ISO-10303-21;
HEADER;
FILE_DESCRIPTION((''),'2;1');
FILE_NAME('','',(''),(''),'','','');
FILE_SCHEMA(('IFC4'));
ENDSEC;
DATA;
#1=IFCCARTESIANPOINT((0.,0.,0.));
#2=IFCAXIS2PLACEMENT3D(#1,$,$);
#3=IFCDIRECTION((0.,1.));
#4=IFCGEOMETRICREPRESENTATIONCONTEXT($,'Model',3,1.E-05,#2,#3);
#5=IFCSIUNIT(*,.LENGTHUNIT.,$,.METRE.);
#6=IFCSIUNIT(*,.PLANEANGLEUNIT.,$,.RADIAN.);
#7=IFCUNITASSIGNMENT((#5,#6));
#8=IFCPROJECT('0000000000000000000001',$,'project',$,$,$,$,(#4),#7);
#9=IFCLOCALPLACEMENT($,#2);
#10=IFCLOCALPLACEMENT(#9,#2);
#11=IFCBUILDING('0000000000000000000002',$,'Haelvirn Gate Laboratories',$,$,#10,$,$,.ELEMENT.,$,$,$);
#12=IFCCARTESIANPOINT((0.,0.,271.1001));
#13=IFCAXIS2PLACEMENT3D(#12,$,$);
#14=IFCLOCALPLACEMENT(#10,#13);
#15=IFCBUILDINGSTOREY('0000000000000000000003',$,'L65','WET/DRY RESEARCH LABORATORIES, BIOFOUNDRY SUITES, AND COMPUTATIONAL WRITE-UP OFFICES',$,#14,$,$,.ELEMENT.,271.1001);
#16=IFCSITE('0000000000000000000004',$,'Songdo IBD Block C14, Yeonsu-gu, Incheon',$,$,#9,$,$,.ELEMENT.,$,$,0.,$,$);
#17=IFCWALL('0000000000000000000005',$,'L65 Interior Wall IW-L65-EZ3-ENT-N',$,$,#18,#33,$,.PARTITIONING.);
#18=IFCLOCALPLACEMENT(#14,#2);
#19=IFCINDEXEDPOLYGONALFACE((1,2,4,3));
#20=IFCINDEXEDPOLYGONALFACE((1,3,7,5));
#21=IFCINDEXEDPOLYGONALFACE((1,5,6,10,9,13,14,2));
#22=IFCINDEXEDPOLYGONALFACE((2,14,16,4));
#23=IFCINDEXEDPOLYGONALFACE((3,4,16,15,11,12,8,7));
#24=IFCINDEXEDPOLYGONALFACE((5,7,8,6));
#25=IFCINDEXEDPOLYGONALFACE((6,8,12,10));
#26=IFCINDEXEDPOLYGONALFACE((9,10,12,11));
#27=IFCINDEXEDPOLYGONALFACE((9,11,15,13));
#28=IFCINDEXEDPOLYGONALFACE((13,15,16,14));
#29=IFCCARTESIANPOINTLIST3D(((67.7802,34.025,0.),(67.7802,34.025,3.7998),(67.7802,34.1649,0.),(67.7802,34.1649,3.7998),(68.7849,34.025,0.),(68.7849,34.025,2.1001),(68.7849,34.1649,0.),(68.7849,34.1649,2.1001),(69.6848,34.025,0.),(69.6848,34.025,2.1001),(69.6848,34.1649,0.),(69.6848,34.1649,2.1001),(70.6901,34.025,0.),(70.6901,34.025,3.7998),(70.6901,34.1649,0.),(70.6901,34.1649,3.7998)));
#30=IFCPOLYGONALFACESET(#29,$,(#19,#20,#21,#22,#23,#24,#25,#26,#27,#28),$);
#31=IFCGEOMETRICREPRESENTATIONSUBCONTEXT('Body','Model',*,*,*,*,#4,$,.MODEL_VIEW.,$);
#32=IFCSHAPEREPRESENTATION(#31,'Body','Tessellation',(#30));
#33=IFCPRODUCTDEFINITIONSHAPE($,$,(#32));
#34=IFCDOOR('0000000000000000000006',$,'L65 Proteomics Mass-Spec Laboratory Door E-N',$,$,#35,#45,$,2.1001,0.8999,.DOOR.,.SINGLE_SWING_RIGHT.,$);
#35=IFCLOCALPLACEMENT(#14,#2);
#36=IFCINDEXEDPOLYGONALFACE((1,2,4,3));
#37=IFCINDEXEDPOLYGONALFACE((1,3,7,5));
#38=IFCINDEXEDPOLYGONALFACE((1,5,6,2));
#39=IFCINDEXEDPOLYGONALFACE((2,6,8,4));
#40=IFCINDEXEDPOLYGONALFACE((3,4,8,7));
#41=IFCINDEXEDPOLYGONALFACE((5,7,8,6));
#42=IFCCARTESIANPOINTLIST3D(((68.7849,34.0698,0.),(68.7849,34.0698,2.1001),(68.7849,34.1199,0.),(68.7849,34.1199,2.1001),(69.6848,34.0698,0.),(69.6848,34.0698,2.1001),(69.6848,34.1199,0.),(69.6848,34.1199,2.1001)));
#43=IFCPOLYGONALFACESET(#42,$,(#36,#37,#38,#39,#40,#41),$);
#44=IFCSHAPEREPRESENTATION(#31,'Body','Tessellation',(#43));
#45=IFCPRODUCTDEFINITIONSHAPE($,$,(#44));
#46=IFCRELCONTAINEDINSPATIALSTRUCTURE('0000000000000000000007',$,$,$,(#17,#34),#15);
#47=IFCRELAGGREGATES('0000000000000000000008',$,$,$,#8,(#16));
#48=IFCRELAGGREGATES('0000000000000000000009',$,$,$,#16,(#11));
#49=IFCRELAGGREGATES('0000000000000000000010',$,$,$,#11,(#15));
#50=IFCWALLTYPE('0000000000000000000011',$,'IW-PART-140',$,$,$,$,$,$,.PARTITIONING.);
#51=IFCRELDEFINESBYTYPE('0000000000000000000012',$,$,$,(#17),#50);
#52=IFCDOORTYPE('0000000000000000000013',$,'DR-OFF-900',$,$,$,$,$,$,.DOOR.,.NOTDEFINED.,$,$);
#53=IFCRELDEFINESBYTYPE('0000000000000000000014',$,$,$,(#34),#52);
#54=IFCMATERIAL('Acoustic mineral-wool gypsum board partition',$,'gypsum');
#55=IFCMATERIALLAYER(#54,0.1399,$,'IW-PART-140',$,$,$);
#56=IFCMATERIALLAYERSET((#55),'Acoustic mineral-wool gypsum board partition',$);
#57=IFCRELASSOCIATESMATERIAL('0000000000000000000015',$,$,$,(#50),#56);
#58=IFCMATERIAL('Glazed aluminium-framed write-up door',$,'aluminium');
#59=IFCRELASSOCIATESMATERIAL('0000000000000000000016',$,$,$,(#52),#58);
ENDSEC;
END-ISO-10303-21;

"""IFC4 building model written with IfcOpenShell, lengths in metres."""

from ifc_helpers import new_model, si_unit, direction, frame, frame_2d, origin, place, context, subcontext, project, spatial, rectangle, extrude, source, transform, mapped, material, layer, layer_set, type_object, type_shapes, element, fill, save


model = new_model("IFC4")

# Units and contexts
model_context = context("Model", 3, precision=1e-05, world=origin(), true_north=direction((0.0, 1.0)))
body_context = subcontext(model_context, "Body", "Model", "MODEL_VIEW")
ifc_project = project(units=[si_unit("LENGTHUNIT", "METRE"), si_unit("PLANEANGLEUNIT", "RADIAN")], contexts=[model_context])

# Site, building, storey
site_placement = place(None, origin())
site = spatial("IfcSite", under=ifc_project, at=site_placement, Name="Songdo IBD Block C14, Yeonsu-gu, Incheon", CompositionType="ELEMENT", RefElevation=0.0)
building_placement = place(site_placement, origin())
building = spatial("IfcBuilding", under=site, at=building_placement, Name="Haelvirn Gate Laboratories", CompositionType="ELEMENT")
storey_placement = place(building_placement, frame((0.0, 0.0, 271.1001)))
storey = spatial("IfcBuildingStorey", under=building, at=storey_placement, Name="L65", Description="WET/DRY RESEARCH LABORATORIES, BIOFOUNDRY SUITES, AND COMPUTATIONAL WRITE-UP OFFICES", CompositionType="ELEMENT", Elevation=271.1001)

# Wall, opening, door
ifc_material_1 = material(Name="Acoustic mineral-wool gypsum board partition", Category="gypsum")
ifc_layer_1 = layer(ifc_material_1, 0.1399, Name="IW-PART-140")
ifc_layer_set_1 = layer_set([ifc_layer_1], Name="Acoustic mineral-wool gypsum board partition")
wall_type_1 = type_object("IfcWallType", Name="IW-PART-140", PredefinedType="PARTITIONING", material=ifc_layer_set_1)
wall_1_placement = place(storey_placement, frame((67.78, 34.095, 0.0), z_axis=(0.0, 0.0, 1.0), x_axis=(1.0, 0.0, 0.0)))
wall_1 = element("IfcWall", 1, at=wall_1_placement, inside=storey, type_object=wall_type_1, Name="L65 Interior Wall IW-L65-EZ3-ENT-N", PredefinedType="PARTITIONING", context=body_context, shape_type="SweptSolid", body=[
    extrude(rectangle(XDim=2.9099, YDim=0.1399, at=frame_2d((1.4551, 0.0))), origin(), (0.0, 0.0, 1.0), 3.7998),
])
opening_placement = place(wall_1_placement, frame((1.0049, 0.0, 0.0)))
opening = element("IfcOpeningElement", 2, at=opening_placement, cuts=wall_1, PredefinedType="OPENING", context=body_context, shape_type="SweptSolid", body=[
    extrude(rectangle(XDim=0.8999, YDim=2.1001, at=frame_2d((0.45, 1.05))), frame((0.0, 0.0801, 0.0), z_axis=(0.0, -1.0, 0.0), x_axis=(1.0, 0.0, 0.0)), (0.0, 0.0, 1.0), 0.1599),
])
ifc_material_2 = material(Name="Glazed aluminium-framed write-up door", Category="aluminium")
door_type = type_object("IfcDoorType", Name="DR-OFF-900", OperationType="NOTDEFINED", PredefinedType="DOOR", material=ifc_material_2)
shared_shape_1 = source(origin(), body_context, "Body", "SweptSolid", [
    extrude(rectangle(XDim=0.8999, YDim=2.1001, at=frame_2d((0.45, 1.05))), frame((0.0, 0.0249, 0.0), z_axis=(0.0, -1.0, 0.0), x_axis=(1.0, 0.0, 0.0)), (0.0, 0.0, 1.0), 0.05),
])
type_shapes(door_type, [shared_shape_1])
door_placement = place(opening_placement, origin())
door = element("IfcDoor", 3, at=door_placement, inside=storey, type_object=door_type, Name="L65 Proteomics Mass-Spec Laboratory Door E-N", OperationType="SINGLE_SWING_RIGHT", OverallHeight=2.1001, OverallWidth=0.8999, PredefinedType="DOOR", context=body_context, shape_type="MappedRepresentation", body=[
    mapped(shared_shape_1, transform((0.0, 0.0, 0.0), scale=1.0)),
])
fill(opening, door)

save(model, "model.ifc")
